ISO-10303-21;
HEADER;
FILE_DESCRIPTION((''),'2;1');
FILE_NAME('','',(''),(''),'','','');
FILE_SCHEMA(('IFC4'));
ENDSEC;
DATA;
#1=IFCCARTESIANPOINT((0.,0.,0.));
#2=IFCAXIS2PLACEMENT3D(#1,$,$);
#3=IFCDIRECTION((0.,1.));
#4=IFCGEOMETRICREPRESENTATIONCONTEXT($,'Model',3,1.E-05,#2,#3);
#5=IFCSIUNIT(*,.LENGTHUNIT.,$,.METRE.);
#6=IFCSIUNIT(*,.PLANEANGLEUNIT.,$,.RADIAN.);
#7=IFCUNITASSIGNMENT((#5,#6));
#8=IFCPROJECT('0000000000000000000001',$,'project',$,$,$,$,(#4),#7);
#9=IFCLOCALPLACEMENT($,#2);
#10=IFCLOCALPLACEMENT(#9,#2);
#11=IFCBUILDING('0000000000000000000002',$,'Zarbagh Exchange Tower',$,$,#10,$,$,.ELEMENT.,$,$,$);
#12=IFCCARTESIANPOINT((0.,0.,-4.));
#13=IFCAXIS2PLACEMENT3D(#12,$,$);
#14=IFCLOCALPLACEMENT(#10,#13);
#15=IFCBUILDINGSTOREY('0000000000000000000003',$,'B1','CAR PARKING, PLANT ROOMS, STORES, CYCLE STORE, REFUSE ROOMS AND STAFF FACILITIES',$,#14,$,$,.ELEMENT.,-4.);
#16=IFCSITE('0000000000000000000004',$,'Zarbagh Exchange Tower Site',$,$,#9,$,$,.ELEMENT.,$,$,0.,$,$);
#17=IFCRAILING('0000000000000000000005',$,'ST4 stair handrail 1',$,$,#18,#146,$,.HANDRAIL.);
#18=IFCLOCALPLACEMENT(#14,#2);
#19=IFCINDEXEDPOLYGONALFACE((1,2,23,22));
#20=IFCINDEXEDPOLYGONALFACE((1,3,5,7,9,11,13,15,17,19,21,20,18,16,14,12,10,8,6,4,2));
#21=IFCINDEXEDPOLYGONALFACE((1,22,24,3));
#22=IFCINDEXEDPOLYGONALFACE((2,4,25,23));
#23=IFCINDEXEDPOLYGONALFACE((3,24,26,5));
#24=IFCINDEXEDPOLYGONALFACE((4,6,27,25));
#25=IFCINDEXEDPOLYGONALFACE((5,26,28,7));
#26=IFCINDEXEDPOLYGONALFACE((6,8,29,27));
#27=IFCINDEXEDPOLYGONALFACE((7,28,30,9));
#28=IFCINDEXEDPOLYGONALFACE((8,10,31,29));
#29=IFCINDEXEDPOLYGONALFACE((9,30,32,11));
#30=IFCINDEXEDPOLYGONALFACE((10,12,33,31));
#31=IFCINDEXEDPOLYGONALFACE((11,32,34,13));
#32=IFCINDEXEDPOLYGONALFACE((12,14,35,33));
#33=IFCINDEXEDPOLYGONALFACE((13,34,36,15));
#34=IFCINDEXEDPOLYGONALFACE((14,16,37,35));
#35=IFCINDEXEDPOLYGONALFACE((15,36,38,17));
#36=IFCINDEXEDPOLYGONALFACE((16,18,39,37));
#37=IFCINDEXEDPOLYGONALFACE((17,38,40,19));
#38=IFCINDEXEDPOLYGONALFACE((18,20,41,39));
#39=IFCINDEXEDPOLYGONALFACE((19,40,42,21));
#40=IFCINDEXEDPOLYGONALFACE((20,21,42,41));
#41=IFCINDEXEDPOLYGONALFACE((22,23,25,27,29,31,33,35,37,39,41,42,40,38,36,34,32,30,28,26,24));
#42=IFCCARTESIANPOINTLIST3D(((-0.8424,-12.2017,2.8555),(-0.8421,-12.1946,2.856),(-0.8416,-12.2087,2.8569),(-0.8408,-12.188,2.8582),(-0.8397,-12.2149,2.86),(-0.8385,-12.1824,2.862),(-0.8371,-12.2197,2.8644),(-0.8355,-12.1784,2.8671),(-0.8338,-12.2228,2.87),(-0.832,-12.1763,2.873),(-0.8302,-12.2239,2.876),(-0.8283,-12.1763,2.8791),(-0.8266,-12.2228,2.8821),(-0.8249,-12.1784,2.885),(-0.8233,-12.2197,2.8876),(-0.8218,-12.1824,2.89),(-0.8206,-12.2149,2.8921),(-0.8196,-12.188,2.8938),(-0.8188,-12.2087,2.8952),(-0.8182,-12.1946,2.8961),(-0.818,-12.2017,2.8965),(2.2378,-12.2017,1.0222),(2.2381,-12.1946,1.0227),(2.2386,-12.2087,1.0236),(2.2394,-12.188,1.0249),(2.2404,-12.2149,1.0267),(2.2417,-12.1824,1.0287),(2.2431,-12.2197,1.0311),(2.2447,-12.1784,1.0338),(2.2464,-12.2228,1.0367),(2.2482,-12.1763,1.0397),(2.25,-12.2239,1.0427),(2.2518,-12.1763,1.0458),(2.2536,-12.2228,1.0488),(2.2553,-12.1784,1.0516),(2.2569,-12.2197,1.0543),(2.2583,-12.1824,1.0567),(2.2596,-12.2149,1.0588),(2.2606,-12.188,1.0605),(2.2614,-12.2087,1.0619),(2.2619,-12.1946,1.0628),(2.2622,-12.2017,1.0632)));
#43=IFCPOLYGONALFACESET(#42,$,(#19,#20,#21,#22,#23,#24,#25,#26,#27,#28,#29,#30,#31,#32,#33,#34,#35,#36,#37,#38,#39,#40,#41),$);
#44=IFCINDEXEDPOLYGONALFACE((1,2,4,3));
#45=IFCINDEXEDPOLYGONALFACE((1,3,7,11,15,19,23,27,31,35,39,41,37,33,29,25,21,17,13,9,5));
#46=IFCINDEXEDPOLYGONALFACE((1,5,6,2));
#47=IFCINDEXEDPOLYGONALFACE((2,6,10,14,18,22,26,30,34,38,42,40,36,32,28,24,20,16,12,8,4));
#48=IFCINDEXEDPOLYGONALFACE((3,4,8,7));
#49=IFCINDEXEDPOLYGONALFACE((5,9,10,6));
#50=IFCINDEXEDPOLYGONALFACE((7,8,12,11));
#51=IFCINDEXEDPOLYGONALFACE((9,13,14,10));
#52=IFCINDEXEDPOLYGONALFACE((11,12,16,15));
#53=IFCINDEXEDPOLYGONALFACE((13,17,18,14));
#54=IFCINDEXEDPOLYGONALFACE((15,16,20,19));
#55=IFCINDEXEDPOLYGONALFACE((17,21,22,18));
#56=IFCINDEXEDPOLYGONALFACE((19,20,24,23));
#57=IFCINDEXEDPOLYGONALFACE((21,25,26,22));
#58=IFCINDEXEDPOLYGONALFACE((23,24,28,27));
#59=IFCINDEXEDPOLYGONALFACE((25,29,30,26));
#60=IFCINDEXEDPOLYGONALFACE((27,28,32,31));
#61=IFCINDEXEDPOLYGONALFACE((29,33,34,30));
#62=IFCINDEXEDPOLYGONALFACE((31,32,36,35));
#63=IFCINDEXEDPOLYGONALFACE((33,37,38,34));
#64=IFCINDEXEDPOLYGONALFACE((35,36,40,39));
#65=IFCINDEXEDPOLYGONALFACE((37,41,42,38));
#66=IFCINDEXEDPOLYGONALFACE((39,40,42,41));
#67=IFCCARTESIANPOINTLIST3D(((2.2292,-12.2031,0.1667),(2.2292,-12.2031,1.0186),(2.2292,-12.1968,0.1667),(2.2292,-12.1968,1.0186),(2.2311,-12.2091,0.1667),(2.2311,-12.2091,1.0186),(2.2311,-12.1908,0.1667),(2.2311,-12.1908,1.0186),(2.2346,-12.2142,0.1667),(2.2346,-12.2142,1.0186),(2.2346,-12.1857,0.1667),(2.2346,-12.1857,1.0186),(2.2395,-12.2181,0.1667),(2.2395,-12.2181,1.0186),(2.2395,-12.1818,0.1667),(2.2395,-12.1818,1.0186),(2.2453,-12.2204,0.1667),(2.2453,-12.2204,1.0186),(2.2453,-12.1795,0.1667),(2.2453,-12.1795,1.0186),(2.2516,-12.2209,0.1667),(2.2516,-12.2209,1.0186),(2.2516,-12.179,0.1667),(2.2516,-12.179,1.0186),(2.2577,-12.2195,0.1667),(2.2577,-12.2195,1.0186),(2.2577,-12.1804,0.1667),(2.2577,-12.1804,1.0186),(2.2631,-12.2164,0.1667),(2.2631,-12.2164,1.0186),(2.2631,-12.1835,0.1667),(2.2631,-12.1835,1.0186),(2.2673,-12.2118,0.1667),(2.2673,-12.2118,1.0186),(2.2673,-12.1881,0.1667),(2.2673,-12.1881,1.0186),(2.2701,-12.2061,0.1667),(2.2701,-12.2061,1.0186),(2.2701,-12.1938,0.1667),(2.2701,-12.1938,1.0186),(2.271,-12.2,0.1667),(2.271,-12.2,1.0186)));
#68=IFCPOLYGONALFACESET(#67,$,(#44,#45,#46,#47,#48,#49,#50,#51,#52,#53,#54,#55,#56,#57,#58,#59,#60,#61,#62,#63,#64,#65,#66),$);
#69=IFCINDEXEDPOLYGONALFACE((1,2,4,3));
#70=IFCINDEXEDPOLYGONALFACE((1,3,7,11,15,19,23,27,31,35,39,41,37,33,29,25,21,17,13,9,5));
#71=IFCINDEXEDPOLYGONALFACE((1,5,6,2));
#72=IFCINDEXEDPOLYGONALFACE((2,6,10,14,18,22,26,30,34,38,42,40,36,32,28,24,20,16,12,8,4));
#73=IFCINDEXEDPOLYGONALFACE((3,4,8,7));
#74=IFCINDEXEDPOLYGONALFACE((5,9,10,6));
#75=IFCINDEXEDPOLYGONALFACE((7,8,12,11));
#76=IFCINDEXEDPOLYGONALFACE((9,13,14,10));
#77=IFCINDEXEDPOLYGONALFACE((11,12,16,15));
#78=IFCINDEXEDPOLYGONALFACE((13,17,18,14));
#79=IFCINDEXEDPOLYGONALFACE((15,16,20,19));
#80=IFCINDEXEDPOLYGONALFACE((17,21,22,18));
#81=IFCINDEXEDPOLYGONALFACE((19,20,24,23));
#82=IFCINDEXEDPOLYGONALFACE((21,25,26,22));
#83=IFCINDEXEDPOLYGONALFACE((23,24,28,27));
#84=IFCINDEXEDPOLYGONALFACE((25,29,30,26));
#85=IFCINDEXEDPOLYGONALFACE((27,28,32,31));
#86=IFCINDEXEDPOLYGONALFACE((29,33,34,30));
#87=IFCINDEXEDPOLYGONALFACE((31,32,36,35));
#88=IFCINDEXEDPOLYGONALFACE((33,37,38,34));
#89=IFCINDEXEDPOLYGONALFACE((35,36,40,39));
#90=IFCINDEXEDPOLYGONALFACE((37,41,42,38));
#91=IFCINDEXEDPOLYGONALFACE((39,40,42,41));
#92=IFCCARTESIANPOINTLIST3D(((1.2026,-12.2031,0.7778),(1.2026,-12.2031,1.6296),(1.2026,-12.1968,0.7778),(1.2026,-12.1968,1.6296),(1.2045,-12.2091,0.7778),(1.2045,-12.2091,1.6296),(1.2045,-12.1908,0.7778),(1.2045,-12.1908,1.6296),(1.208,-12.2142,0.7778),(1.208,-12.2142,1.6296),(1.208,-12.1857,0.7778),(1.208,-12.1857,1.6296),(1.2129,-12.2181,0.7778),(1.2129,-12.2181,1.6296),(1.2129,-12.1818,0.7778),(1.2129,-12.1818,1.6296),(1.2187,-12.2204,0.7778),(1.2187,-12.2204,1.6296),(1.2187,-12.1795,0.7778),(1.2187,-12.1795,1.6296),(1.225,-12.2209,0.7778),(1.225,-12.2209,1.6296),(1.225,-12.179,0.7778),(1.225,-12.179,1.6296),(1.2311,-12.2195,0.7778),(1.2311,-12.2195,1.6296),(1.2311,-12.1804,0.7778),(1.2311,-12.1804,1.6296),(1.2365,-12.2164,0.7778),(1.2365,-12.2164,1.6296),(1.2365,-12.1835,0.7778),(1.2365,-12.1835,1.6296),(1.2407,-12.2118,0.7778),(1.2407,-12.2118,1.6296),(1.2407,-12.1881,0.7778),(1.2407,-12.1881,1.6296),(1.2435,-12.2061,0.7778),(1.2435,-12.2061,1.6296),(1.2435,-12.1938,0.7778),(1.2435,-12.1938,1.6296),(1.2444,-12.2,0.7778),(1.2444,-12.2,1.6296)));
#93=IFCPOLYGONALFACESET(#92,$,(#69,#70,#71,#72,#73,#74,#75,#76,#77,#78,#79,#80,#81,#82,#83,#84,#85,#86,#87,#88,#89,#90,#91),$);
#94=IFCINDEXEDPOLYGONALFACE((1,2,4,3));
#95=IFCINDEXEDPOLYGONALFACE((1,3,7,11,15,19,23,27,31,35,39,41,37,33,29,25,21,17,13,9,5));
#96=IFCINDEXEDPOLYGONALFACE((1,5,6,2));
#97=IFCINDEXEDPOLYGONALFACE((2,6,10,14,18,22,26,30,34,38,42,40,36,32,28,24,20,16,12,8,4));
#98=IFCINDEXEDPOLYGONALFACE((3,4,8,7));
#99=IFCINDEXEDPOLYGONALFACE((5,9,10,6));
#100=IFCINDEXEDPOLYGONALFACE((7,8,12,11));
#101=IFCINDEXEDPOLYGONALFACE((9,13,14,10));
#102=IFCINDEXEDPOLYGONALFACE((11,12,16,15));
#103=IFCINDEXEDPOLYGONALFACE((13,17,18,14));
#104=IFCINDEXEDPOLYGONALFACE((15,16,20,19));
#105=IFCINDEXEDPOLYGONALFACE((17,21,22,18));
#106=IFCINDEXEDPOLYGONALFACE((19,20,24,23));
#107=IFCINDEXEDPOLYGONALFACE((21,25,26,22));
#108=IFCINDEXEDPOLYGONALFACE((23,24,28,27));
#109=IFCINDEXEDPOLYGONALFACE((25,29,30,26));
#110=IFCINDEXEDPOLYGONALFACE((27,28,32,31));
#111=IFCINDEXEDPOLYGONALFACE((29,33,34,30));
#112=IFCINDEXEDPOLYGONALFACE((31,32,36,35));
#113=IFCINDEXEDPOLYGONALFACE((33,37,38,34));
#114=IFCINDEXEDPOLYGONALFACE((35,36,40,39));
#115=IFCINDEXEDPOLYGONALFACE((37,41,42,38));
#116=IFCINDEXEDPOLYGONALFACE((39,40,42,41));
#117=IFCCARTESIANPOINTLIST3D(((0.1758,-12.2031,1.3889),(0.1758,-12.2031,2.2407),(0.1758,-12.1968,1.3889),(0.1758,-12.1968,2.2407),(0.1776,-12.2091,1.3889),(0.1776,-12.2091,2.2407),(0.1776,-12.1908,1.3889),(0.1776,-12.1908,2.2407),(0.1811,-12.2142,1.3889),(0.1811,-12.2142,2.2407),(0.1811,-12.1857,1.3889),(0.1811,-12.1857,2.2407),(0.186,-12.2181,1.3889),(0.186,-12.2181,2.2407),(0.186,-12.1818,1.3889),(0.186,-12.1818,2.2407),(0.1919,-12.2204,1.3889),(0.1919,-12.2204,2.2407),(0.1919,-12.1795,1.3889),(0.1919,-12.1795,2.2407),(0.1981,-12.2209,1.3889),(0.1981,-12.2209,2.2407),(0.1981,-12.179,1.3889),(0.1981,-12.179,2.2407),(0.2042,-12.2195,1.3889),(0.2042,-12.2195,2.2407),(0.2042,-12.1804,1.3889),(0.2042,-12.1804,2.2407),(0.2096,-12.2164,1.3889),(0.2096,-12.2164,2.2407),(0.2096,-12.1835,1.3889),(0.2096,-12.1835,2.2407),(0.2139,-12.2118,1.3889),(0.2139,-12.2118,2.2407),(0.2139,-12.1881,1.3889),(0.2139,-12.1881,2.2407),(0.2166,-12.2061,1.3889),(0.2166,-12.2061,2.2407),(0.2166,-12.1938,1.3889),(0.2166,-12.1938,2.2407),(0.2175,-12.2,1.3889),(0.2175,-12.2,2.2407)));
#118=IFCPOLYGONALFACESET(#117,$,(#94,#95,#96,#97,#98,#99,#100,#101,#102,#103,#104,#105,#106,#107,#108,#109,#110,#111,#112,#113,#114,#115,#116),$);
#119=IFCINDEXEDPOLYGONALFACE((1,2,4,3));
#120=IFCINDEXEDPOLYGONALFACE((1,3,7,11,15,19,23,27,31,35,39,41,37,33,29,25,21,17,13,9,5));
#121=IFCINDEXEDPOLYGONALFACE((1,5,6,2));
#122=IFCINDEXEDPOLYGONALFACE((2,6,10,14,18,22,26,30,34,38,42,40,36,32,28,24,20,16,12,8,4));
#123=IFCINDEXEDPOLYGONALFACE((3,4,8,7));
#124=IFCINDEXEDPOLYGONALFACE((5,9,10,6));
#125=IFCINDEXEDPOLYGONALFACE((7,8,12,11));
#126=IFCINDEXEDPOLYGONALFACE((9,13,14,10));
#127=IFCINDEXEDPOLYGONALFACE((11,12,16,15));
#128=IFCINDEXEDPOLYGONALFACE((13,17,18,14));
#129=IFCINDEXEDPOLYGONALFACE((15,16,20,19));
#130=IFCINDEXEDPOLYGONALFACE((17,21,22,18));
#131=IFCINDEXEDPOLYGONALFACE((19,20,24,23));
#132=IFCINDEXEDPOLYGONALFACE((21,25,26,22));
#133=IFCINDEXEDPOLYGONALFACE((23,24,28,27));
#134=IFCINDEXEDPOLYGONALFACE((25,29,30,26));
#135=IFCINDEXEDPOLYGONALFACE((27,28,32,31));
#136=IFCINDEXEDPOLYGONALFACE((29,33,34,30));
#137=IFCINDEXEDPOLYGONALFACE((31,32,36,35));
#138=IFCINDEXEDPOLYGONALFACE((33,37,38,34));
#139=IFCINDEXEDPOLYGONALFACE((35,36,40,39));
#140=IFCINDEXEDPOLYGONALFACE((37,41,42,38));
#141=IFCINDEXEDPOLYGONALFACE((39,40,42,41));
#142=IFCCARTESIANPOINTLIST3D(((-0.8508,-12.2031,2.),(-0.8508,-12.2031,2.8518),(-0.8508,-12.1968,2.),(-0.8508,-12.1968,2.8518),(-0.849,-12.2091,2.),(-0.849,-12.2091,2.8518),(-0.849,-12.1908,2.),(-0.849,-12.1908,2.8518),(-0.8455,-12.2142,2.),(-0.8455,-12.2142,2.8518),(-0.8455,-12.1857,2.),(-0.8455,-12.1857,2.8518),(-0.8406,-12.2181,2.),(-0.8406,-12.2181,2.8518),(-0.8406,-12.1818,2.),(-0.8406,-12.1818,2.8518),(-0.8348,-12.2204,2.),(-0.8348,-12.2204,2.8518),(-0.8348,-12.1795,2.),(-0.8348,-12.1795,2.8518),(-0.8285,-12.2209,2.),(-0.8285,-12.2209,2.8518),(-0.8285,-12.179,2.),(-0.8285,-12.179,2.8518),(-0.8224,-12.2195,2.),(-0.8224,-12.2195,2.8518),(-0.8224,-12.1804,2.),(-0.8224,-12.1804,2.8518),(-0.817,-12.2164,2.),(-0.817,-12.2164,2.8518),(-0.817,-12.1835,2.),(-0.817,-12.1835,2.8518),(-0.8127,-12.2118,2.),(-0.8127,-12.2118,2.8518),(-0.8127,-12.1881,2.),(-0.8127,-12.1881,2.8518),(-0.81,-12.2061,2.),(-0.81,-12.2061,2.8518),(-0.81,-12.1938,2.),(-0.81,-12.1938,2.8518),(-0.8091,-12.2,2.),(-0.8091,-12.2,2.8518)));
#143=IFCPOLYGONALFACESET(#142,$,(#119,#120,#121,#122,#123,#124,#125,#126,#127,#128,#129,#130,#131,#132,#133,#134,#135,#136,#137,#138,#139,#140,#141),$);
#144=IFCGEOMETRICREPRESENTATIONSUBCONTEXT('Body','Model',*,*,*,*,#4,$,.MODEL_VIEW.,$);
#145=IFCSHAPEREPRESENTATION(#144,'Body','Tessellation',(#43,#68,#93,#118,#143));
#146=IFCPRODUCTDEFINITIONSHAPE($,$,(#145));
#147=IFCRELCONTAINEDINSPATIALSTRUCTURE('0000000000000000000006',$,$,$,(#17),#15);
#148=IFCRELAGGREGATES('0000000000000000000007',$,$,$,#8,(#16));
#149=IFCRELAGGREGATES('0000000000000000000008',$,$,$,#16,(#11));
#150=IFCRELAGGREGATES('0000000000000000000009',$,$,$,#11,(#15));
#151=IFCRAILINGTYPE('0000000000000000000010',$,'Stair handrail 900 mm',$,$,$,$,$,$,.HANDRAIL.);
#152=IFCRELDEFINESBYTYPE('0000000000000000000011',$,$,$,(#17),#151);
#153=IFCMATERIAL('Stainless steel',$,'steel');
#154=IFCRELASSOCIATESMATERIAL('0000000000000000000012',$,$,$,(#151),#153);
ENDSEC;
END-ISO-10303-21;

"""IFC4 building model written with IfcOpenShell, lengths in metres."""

from ifc_helpers import new_model, si_unit, direction, frame, origin, origin_2d, place, context, subcontext, project, spatial, circle, extrude, material, type_object, element, save


model = new_model("IFC4")

# Units and contexts
model_context = context("Model", 3, precision=1e-05, world=origin(), true_north=direction((0.0, 1.0)))
body_context = subcontext(model_context, "Body", "Model", "MODEL_VIEW")
ifc_project = project(units=[si_unit("LENGTHUNIT", "METRE"), si_unit("PLANEANGLEUNIT", "RADIAN")], contexts=[model_context])

# Site, building, storey
site_placement = place(None, origin())
site = spatial("IfcSite", under=ifc_project, at=site_placement, Name="Zarbagh Exchange Tower Site", CompositionType="ELEMENT", RefElevation=0.0)
building_placement = place(site_placement, origin())
building = spatial("IfcBuilding", under=site, at=building_placement, Name="Zarbagh Exchange Tower", CompositionType="ELEMENT")
storey_placement = place(building_placement, frame((0.0, 0.0, -4.0)))
storey = spatial("IfcBuildingStorey", under=building, at=storey_placement, Name="B1", Description="CAR PARKING, PLANT ROOMS, STORES, CYCLE STORE, REFUSE ROOMS AND STAFF FACILITIES", CompositionType="ELEMENT", Elevation=-4.0)

# Railing
ifc_material_1 = material(Name="Stainless steel", Category="steel")
railing_type_1 = type_object("IfcRailingType", Name="Stair handrail 900 mm", PredefinedType="HANDRAIL", material=ifc_material_1)
for number, where, name in (
    (1, (2.25, -12.2, 0.1667), "ST4 stair handrail 1"),
):
    element("IfcRailing", number, at=place(storey_placement, frame(where)), inside=storey, type_object=railing_type_1, Name=name, PredefinedType="HANDRAIL", context=body_context, shape_type="SweptSolid", body=[
        extrude(circle(Radius=0.0239, at=origin_2d()), frame((0.0, 0.0, 0.876), z_axis=(-0.859309, 0.0, 0.511458), x_axis=(0.0, -1.0, 0.0)), (0.0, 0.0, 1.0), 3.5845),
        extrude(circle(Radius=0.021, at=origin_2d()), origin(), (0.0, 0.0, 1.0), 0.8518),
        extrude(circle(Radius=0.021, at=origin_2d()), frame((-1.0266, 0.0, 0.6111)), (0.0, 0.0, 1.0), 0.8518),
        extrude(circle(Radius=0.021, at=origin_2d()), frame((-2.0535, 0.0, 1.2222)), (0.0, 0.0, 1.0), 0.8518),
        extrude(circle(Radius=0.021, at=origin_2d()), frame((-3.0801, 0.0, 1.8333)), (0.0, 0.0, 1.0), 0.8518),
    ])

save(model, "model.ifc")
